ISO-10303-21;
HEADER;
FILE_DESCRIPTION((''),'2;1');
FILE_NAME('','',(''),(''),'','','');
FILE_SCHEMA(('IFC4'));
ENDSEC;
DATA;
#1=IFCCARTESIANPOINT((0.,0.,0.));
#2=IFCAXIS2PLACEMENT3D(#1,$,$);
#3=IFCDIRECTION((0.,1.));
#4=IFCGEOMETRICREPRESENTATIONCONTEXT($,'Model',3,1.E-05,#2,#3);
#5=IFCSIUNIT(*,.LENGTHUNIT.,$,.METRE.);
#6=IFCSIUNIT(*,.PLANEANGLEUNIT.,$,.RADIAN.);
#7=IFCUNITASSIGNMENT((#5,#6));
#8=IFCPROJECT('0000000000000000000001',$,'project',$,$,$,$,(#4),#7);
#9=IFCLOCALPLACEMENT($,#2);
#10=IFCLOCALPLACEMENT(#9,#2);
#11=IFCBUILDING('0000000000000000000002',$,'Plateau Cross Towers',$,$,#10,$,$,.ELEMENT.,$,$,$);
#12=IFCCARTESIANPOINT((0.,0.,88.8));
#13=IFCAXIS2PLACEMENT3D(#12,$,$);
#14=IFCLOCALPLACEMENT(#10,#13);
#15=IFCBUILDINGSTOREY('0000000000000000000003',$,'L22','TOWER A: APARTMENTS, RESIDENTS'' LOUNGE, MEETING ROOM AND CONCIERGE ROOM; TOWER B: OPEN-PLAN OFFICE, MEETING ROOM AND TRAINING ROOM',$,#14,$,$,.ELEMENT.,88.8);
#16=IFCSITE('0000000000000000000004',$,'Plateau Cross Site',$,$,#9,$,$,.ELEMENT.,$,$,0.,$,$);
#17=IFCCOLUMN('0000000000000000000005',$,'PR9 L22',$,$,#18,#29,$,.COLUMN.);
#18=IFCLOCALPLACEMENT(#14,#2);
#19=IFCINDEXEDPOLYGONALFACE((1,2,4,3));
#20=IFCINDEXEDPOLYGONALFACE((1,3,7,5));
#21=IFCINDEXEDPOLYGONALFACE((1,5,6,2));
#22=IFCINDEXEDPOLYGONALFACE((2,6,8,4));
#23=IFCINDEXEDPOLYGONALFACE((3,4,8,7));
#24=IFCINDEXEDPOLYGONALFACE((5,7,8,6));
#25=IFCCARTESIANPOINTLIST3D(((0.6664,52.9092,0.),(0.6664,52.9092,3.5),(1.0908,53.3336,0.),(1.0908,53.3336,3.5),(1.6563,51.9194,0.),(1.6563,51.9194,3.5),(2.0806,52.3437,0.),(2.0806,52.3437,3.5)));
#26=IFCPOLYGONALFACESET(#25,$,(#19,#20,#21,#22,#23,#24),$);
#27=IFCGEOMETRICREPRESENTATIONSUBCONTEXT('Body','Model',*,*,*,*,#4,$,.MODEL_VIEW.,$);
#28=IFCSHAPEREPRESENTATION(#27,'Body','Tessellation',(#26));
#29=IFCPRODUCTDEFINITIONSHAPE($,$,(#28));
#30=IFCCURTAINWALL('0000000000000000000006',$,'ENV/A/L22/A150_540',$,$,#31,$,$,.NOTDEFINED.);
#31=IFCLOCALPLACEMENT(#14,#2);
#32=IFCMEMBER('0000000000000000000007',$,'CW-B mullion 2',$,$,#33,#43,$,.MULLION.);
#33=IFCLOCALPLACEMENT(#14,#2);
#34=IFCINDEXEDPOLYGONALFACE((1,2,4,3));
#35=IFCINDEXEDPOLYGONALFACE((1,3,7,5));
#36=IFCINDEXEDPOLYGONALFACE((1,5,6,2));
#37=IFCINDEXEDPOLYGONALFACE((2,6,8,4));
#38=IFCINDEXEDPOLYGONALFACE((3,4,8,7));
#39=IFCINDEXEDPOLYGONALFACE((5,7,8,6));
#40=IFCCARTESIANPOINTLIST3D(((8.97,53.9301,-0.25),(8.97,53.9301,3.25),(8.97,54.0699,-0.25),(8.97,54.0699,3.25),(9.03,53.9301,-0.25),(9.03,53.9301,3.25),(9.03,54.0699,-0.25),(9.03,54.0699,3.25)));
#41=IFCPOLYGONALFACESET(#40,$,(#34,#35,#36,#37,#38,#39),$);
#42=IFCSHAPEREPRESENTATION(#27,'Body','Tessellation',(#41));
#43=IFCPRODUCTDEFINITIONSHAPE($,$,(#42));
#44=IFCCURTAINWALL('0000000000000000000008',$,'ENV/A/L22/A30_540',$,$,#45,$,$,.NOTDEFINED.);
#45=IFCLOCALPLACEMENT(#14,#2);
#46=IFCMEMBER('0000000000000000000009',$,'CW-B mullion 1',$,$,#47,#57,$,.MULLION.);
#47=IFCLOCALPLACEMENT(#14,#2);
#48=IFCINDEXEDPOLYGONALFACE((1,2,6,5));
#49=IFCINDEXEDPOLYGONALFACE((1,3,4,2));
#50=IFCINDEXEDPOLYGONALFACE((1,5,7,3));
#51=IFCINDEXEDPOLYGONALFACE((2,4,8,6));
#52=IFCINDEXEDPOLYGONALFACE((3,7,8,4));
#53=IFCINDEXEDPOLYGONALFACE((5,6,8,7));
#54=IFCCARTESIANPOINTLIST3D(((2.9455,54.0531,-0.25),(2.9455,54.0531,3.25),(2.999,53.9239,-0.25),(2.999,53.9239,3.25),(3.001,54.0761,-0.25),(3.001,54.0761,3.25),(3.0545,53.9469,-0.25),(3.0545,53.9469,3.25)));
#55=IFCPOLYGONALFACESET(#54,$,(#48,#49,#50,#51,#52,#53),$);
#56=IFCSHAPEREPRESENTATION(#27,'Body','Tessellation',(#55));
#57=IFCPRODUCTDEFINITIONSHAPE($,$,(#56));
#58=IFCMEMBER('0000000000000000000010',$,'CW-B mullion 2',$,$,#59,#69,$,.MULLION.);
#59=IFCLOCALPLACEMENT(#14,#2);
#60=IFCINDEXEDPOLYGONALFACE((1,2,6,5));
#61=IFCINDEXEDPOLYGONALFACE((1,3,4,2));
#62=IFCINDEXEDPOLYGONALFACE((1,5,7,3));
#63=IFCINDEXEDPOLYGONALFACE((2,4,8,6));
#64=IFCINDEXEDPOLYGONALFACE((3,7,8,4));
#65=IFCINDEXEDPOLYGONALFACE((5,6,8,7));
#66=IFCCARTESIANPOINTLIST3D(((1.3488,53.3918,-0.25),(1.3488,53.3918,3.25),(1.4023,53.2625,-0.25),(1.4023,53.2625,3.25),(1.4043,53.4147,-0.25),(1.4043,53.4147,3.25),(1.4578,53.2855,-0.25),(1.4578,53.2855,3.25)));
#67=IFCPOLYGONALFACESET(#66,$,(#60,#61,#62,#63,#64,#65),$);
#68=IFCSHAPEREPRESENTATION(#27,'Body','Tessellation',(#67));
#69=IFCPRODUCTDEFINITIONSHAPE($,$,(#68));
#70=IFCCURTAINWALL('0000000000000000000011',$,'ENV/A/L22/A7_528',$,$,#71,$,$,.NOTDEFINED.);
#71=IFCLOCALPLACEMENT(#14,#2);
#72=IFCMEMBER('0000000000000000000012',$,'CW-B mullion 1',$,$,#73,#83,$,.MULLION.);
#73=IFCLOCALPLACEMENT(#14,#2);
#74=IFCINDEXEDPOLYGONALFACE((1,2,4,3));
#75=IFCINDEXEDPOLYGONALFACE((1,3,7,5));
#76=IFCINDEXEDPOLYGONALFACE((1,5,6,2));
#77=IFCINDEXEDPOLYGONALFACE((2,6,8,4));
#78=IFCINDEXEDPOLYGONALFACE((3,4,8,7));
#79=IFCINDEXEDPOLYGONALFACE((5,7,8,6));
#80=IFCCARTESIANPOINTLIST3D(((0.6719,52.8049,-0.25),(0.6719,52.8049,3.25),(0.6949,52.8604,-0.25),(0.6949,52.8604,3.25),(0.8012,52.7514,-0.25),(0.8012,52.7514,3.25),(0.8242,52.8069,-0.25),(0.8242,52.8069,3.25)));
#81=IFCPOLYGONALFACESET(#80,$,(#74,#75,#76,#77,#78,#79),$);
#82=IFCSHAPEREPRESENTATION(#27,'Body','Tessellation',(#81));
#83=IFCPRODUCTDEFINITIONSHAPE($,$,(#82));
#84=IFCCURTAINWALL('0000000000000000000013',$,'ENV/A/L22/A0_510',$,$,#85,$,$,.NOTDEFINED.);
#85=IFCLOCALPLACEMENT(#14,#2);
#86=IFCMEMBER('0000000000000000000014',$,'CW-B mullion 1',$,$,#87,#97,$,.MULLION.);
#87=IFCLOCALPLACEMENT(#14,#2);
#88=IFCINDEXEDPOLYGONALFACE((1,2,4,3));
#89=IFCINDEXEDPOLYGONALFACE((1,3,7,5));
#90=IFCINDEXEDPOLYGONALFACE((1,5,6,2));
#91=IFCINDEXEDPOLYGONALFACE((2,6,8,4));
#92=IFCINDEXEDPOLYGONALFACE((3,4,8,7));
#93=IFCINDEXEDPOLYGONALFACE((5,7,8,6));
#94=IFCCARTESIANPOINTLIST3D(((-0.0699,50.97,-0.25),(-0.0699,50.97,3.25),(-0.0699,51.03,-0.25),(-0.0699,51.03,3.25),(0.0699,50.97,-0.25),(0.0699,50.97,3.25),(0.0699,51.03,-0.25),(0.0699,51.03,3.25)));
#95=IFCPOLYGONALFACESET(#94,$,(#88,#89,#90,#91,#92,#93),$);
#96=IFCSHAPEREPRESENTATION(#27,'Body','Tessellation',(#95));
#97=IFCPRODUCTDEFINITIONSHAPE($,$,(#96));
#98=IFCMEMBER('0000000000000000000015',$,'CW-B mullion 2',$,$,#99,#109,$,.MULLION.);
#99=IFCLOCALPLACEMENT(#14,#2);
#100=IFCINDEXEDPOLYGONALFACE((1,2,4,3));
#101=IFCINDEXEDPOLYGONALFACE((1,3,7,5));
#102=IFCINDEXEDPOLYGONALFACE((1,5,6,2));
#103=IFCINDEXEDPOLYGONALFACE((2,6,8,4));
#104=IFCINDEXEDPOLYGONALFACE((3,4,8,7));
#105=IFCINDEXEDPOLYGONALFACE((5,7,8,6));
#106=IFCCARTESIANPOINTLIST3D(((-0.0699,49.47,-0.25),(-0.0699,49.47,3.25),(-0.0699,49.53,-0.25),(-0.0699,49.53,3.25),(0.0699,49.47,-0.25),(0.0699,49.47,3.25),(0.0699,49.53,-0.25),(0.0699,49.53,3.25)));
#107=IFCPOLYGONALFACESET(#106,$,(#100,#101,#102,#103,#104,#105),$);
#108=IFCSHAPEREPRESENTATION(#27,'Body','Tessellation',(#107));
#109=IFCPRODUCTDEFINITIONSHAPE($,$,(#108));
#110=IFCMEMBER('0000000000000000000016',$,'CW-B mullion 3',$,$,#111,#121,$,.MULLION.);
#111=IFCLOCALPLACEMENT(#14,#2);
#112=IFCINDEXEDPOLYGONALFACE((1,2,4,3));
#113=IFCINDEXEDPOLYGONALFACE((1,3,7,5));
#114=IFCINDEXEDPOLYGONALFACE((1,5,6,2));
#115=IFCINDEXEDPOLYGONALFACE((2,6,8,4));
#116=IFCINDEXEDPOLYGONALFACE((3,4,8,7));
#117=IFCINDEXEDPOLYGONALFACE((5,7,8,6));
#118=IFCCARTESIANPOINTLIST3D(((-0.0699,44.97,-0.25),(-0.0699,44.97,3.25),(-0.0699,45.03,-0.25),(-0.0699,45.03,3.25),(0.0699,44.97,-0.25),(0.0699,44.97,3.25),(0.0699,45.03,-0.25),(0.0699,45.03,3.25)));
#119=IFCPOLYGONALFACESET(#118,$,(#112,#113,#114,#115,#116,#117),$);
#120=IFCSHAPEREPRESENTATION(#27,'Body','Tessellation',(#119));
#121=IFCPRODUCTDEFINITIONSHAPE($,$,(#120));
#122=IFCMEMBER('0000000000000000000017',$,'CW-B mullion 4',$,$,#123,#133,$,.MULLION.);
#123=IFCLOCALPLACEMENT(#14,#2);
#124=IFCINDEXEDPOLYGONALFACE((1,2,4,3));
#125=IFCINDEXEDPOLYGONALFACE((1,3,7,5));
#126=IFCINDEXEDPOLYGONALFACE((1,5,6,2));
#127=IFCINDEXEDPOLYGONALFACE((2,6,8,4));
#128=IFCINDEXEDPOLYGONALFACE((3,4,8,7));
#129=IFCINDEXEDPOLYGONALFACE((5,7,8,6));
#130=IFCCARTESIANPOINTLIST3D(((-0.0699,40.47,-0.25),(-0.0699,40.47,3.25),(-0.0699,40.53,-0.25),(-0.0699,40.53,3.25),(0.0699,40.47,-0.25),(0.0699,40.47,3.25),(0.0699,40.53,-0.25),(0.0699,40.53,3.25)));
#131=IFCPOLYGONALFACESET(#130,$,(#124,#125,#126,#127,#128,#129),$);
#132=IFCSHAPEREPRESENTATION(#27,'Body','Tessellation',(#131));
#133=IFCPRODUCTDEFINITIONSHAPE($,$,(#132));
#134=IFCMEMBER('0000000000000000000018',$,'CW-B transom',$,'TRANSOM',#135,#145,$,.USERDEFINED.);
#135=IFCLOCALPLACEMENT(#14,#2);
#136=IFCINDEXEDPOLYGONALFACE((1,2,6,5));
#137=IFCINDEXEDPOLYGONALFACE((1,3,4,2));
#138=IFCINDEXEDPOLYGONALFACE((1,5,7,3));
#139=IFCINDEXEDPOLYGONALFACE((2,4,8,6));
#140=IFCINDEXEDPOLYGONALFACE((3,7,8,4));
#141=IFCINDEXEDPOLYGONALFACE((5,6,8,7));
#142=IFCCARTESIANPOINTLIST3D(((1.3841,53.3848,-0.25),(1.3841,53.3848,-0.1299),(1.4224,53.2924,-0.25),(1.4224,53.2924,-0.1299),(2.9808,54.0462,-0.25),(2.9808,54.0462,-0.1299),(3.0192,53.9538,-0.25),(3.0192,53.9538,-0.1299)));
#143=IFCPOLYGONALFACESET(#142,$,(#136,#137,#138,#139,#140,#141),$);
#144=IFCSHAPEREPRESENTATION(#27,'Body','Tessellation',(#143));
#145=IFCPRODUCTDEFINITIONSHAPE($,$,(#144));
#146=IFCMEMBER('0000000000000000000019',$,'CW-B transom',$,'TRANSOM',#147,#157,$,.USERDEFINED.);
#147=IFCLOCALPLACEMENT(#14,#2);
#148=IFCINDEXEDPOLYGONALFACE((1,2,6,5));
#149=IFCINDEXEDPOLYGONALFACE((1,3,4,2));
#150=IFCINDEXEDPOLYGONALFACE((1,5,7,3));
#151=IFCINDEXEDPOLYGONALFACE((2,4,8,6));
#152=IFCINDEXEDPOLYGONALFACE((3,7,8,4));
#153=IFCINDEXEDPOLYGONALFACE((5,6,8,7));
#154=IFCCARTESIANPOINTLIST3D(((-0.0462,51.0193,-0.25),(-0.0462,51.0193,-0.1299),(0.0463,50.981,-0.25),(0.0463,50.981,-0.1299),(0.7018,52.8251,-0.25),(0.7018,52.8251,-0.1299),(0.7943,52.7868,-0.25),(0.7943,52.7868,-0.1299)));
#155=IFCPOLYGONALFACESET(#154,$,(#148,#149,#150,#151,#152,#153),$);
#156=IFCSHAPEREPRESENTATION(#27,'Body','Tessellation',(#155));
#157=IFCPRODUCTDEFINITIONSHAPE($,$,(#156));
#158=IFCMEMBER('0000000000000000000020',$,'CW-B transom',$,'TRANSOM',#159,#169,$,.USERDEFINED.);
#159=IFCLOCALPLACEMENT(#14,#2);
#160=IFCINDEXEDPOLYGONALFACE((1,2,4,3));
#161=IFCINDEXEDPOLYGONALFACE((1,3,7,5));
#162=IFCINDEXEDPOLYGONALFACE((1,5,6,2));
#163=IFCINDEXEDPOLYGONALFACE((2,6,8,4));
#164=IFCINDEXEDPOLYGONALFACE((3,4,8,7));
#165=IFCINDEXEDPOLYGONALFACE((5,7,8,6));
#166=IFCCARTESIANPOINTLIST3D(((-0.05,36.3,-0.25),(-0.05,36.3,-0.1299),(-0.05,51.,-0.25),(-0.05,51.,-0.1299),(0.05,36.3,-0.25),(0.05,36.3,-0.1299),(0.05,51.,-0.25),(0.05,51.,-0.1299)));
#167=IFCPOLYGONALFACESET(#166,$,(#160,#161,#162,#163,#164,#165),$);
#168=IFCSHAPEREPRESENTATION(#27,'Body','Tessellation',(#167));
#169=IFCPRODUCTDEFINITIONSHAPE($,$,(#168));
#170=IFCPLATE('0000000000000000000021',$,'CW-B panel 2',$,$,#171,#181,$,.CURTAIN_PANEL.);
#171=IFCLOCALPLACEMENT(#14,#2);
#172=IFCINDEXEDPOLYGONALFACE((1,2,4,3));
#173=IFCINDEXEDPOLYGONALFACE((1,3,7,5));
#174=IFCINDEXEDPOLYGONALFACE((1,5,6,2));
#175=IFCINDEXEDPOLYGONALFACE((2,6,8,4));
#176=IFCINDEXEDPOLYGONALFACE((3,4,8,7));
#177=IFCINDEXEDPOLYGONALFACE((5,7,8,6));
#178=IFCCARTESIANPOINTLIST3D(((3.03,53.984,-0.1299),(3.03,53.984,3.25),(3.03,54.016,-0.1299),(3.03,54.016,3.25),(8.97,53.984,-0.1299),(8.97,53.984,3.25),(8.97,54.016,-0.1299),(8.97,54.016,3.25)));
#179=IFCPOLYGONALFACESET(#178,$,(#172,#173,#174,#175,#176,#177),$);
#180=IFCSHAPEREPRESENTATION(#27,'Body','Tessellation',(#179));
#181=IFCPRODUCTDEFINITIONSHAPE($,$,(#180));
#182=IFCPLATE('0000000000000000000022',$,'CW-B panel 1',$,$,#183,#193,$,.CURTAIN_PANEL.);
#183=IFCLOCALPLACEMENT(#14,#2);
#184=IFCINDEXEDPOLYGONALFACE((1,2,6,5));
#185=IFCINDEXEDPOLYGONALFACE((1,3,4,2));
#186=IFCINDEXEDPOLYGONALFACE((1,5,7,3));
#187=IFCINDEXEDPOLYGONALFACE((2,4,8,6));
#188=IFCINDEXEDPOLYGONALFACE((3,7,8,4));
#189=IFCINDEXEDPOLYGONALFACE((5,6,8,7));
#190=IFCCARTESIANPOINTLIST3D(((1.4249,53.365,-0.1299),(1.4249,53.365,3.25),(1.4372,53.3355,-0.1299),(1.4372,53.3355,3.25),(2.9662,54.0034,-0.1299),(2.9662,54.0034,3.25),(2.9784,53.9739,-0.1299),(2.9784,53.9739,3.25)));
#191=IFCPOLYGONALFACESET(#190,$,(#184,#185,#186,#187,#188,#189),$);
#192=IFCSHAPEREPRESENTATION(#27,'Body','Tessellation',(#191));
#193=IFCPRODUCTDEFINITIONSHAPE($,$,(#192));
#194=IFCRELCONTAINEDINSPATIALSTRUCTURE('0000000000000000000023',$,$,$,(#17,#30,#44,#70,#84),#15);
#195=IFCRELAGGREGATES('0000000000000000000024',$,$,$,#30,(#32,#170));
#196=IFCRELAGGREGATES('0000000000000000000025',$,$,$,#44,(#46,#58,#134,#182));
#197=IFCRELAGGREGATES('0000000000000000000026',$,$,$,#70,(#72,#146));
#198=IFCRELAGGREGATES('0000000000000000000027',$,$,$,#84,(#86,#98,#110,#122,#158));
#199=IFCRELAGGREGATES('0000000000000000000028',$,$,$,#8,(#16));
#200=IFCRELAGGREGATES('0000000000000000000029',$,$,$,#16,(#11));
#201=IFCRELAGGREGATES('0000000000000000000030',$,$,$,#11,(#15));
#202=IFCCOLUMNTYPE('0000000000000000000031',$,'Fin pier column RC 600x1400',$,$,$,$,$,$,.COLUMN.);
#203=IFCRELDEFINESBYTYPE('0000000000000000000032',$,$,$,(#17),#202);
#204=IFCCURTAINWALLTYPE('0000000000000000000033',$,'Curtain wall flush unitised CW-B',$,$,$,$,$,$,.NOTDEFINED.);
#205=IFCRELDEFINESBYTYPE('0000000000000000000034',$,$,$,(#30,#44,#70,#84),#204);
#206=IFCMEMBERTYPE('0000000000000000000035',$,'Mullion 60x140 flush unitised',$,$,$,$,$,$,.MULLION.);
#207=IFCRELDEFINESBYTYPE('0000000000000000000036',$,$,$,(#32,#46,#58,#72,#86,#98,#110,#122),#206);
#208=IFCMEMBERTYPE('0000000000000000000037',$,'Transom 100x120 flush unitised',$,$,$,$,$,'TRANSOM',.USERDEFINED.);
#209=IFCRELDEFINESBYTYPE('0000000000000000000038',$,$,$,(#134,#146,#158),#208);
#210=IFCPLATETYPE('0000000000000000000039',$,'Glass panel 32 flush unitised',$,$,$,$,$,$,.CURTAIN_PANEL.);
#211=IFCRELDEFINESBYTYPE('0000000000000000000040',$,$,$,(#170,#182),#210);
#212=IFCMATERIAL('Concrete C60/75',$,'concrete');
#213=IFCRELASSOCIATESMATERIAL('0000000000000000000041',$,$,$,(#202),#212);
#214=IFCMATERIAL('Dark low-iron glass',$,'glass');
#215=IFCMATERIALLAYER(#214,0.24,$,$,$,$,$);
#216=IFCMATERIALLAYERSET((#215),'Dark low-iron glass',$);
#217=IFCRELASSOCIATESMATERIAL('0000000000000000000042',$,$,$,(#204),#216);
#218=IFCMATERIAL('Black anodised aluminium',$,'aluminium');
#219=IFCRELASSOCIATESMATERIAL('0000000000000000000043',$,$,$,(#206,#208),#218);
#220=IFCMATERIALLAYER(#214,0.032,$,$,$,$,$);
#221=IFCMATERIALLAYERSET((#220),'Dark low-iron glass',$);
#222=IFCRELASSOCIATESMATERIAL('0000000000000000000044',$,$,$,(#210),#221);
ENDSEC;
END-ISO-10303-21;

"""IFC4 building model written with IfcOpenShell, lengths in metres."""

from ifc_helpers import new_model, si_unit, direction, frame, origin, origin_2d, place, context, subcontext, project, spatial, rectangle, extrude, material, layer, layer_set, material_profile, profile_set, type_object, element, aggregate, save


model = new_model("IFC4")

# Units and contexts
model_context = context("Model", 3, precision=1e-05, world=origin(), true_north=direction((0.0, 1.0)))
body_context = subcontext(model_context, "Body", "Model", "MODEL_VIEW")
ifc_project = project(units=[si_unit("LENGTHUNIT", "METRE"), si_unit("PLANEANGLEUNIT", "RADIAN")], contexts=[model_context])

# Site, building, storey
site_placement = place(None, origin())
site = spatial("IfcSite", under=ifc_project, at=site_placement, Name="Plateau Cross Site", CompositionType="ELEMENT", RefElevation=0.0)
building_placement = place(site_placement, origin())
building = spatial("IfcBuilding", under=site, at=building_placement, Name="Plateau Cross Towers", CompositionType="ELEMENT")
storey_placement = place(building_placement, frame((0.0, 0.0, 88.8)))
storey = spatial("IfcBuildingStorey", under=building, at=storey_placement, Name="L22", Description="TOWER A: APARTMENTS, RESIDENTS' LOUNGE, MEETING ROOM AND CONCIERGE ROOM; TOWER B: OPEN-PLAN OFFICE, MEETING ROOM AND TRAINING ROOM", CompositionType="ELEMENT", Elevation=88.8)

# Column
ifc_material_1 = material(Name="Concrete C60/75", Category="concrete")
ifc_material_profile_1 = material_profile(ifc_material_1, rectangle(XDim=0.6001, YDim=1.3999, at=origin_2d()), Name="RC 600x1400")
ifc_profile_set_1 = profile_set([ifc_material_profile_1], Name="Concrete C60/75")
column_type = type_object("IfcColumnType", Name="Fin pier column RC 600x1400", PredefinedType="COLUMN", material=ifc_profile_set_1)
column_placement = place(storey_placement, frame((1.3735, 52.6265, 0.0), z_axis=(0.0, 0.0, 1.0), x_axis=(0.707107, 0.707107, 0.0)))
element("IfcColumn", 1, at=column_placement, inside=storey, type_object=column_type, Name="PR9 L22", PredefinedType="COLUMN", context=body_context, shape_type="SweptSolid", body=[
    extrude(rectangle(XDim=0.6001, YDim=1.3999, at=origin_2d()), origin(), (0.0, 0.0, 1.0), 3.5),
])

# Curtain wall, member
ifc_material_2 = material(Name="Dark low-iron glass", Category="glass")
ifc_layer_1 = layer(ifc_material_2, 0.24)
ifc_layer_set_1 = layer_set([ifc_layer_1], Name="Dark low-iron glass")
curtain_wall_type = type_object("IfcCurtainWallType", Name="Curtain wall flush unitised CW-B", PredefinedType="NOTDEFINED", material=ifc_layer_set_1)
curtain_wall_1_placement = place(storey_placement, origin())
curtain_wall_1 = element("IfcCurtainWall", 2, at=curtain_wall_1_placement, inside=storey, type_object=curtain_wall_type, Name="ENV/A/L22/A150_540", PredefinedType="NOTDEFINED")
ifc_material_3 = material(Name="Black anodised aluminium", Category="aluminium")
ifc_material_profile_2 = material_profile(ifc_material_3, rectangle(XDim=0.0601, YDim=0.1399, at=origin_2d()), Name="MULLION 60x140")
ifc_profile_set_2 = profile_set([ifc_material_profile_2], Name="Black anodised aluminium")
member_type_1 = type_object("IfcMemberType", Name="Mullion 60x140 flush unitised", PredefinedType="MULLION", material=ifc_profile_set_2)
member_1_placement = place(storey_placement, frame((9.0, 54.0, -0.25), z_axis=(0.0, 0.0, 1.0), x_axis=(-1.0, 0.0, 0.0)))
member_1 = element("IfcMember", 3, at=member_1_placement, type_object=member_type_1, Name="CW-B mullion 2", PredefinedType="MULLION", context=body_context, shape_type="SweptSolid", body=[
    extrude(rectangle(XDim=0.0601, YDim=0.1399, at=origin_2d()), origin(), (0.0, 0.0, 1.0), 3.5),
])

# Curtain wall, members
curtain_wall_2_placement = place(storey_placement, origin())
curtain_wall_2 = element("IfcCurtainWall", 4, at=curtain_wall_2_placement, inside=storey, type_object=curtain_wall_type, Name="ENV/A/L22/A30_540", PredefinedType="NOTDEFINED")
member_2_placement = place(storey_placement, frame((3.0, 54.0, -0.25), z_axis=(0.0, 0.0, 1.0), x_axis=(-0.923879, -0.382684, 0.0)))
member_2 = element("IfcMember", 5, at=member_2_placement, type_object=member_type_1, Name="CW-B mullion 1", PredefinedType="MULLION", context=body_context, shape_type="SweptSolid", body=[
    extrude(rectangle(XDim=0.0601, YDim=0.1399, at=origin_2d()), origin(), (0.0, 0.0, 1.0), 3.5),
])
member_3_placement = place(storey_placement, frame((1.4033, 53.3386, -0.25), z_axis=(0.0, 0.0, 1.0), x_axis=(-0.923879, -0.382684, 0.0)))
member_3 = element("IfcMember", 6, at=member_3_placement, type_object=member_type_1, Name="CW-B mullion 2", PredefinedType="MULLION", context=body_context, shape_type="SweptSolid", body=[
    extrude(rectangle(XDim=0.0601, YDim=0.1399, at=origin_2d()), origin(), (0.0, 0.0, 1.0), 3.5),
])

# Curtain wall, member
curtain_wall_3_placement = place(storey_placement, origin())
curtain_wall_3 = element("IfcCurtainWall", 7, at=curtain_wall_3_placement, inside=storey, type_object=curtain_wall_type, Name="ENV/A/L22/A7_528", PredefinedType="NOTDEFINED")
member_4_placement = place(storey_placement, frame((0.748, 52.8059, -0.25), z_axis=(0.0, 0.0, 1.0), x_axis=(-0.382684, -0.923879, 0.0)))
member_4 = element("IfcMember", 8, at=member_4_placement, type_object=member_type_1, Name="CW-B mullion 1", PredefinedType="MULLION", context=body_context, shape_type="SweptSolid", body=[
    extrude(rectangle(XDim=0.0601, YDim=0.1399, at=origin_2d()), origin(), (0.0, 0.0, 1.0), 3.5),
])

# Curtain wall, members
curtain_wall_4_placement = place(storey_placement, origin())
curtain_wall_4 = element("IfcCurtainWall", 9, at=curtain_wall_4_placement, inside=storey, type_object=curtain_wall_type, Name="ENV/A/L22/A0_510", PredefinedType="NOTDEFINED")
member_5_placement = place(storey_placement, frame((0.0, 51.0, -0.25), z_axis=(0.0, 0.0, 1.0), x_axis=(0.0, -1.0, 0.0)))
member_5 = element("IfcMember", 10, at=member_5_placement, type_object=member_type_1, Name="CW-B mullion 1", PredefinedType="MULLION", context=body_context, shape_type="SweptSolid", body=[
    extrude(rectangle(XDim=0.0601, YDim=0.1399, at=origin_2d()), origin(), (0.0, 0.0, 1.0), 3.5),
])
member_6_placement = place(storey_placement, frame((0.0, 49.5, -0.25), z_axis=(0.0, 0.0, 1.0), x_axis=(0.0, -1.0, 0.0)))
member_6 = element("IfcMember", 11, at=member_6_placement, type_object=member_type_1, Name="CW-B mullion 2", PredefinedType="MULLION", context=body_context, shape_type="SweptSolid", body=[
    extrude(rectangle(XDim=0.0601, YDim=0.1399, at=origin_2d()), origin(), (0.0, 0.0, 1.0), 3.5),
])
member_7_placement = place(storey_placement, frame((0.0, 45.0, -0.25), z_axis=(0.0, 0.0, 1.0), x_axis=(0.0, -1.0, 0.0)))
member_7 = element("IfcMember", 12, at=member_7_placement, type_object=member_type_1, Name="CW-B mullion 3", PredefinedType="MULLION", context=body_context, shape_type="SweptSolid", body=[
    extrude(rectangle(XDim=0.0601, YDim=0.1399, at=origin_2d()), origin(), (0.0, 0.0, 1.0), 3.5),
])
member_8_placement = place(storey_placement, frame((0.0, 40.5, -0.25), z_axis=(0.0, 0.0, 1.0), x_axis=(0.0, -1.0, 0.0)))
member_8 = element("IfcMember", 13, at=member_8_placement, type_object=member_type_1, Name="CW-B mullion 4", PredefinedType="MULLION", context=body_context, shape_type="SweptSolid", body=[
    extrude(rectangle(XDim=0.0601, YDim=0.1399, at=origin_2d()), origin(), (0.0, 0.0, 1.0), 3.5),
])

# Members
ifc_material_profile_3 = material_profile(ifc_material_3, rectangle(XDim=0.1001, YDim=0.1201, at=origin_2d()), Name="TRANSOM 100x120")
ifc_profile_set_3 = profile_set([ifc_material_profile_3], Name="Black anodised aluminium")
member_type_2 = type_object("IfcMemberType", Name="Transom 100x120 flush unitised", ElementType="TRANSOM", PredefinedType="USERDEFINED", material=ifc_profile_set_3)
member_9_placement = place(storey_placement, frame((3.0, 54.0, -0.1899), z_axis=(-0.923877, -0.382689, 0.0), x_axis=(0.382689, -0.923877, 0.0)))
member_9 = element("IfcMember", 14, at=member_9_placement, type_object=member_type_2, Name="CW-B transom", ObjectType="TRANSOM", PredefinedType="USERDEFINED", context=body_context, shape_type="SweptSolid", body=[
    extrude(rectangle(XDim=0.1001, YDim=0.1201, at=origin_2d()), origin(), (0.0, 0.0, 1.0), 1.7283),
])
member_10_placement = place(storey_placement, frame((0.748, 52.8059, -0.1899), z_axis=(-0.38269, -0.923877, 0.0), x_axis=(0.923877, -0.38269, 0.0)))
member_10 = element("IfcMember", 15, at=member_10_placement, type_object=member_type_2, Name="CW-B transom", ObjectType="TRANSOM", PredefinedType="USERDEFINED", context=body_context, shape_type="SweptSolid", body=[
    extrude(rectangle(XDim=0.1001, YDim=0.1201, at=origin_2d()), origin(), (0.0, 0.0, 1.0), 1.9546),
])
member_11_placement = place(storey_placement, frame((0.0, 51.0, -0.1899), z_axis=(0.0, -1.0, 0.0), x_axis=(1.0, 0.0, 0.0)))
member_11 = element("IfcMember", 16, at=member_11_placement, type_object=member_type_2, Name="CW-B transom", ObjectType="TRANSOM", PredefinedType="USERDEFINED", context=body_context, shape_type="SweptSolid", body=[
    extrude(rectangle(XDim=0.1001, YDim=0.1201, at=origin_2d()), origin(), (0.0, 0.0, 1.0), 14.7),
])

# Plates
ifc_layer_2 = layer(ifc_material_2, 0.032)
ifc_layer_set_2 = layer_set([ifc_layer_2], Name="Dark low-iron glass")
plate_type = type_object("IfcPlateType", Name="Glass panel 32 flush unitised", PredefinedType="CURTAIN_PANEL", material=ifc_layer_set_2)
plate_1_placement = place(storey_placement, frame((6.0, 54.0, -0.1299), z_axis=(0.0, 0.0, 1.0), x_axis=(-1.0, 0.0, 0.0)))
plate_1 = element("IfcPlate", 17, at=plate_1_placement, type_object=plate_type, Name="CW-B panel 2", PredefinedType="CURTAIN_PANEL", context=body_context, shape_type="SweptSolid", body=[
    extrude(rectangle(XDim=5.9399, YDim=0.032, at=origin_2d()), origin(), (0.0, 0.0, 1.0), 3.3799),
])
aggregate(curtain_wall_1, [member_1, plate_1])
plate_2_placement = place(storey_placement, frame((2.2017, 53.6694, -0.1299), z_axis=(0.0, 0.0, 1.0), x_axis=(-0.923879, -0.382684, 0.0)))
plate_2 = element("IfcPlate", 18, at=plate_2_placement, type_object=plate_type, Name="CW-B panel 1", PredefinedType="CURTAIN_PANEL", context=body_context, shape_type="SweptSolid", body=[
    extrude(rectangle(XDim=1.6682, YDim=0.032, at=origin_2d()), origin(), (0.0, 0.0, 1.0), 3.3799),
])
aggregate(curtain_wall_2, [member_2, member_3, member_9, plate_2])
aggregate(curtain_wall_3, [member_4, member_10])
aggregate(curtain_wall_4, [member_5, member_6, member_7, member_8, member_11])

save(model, "model.ifc")
